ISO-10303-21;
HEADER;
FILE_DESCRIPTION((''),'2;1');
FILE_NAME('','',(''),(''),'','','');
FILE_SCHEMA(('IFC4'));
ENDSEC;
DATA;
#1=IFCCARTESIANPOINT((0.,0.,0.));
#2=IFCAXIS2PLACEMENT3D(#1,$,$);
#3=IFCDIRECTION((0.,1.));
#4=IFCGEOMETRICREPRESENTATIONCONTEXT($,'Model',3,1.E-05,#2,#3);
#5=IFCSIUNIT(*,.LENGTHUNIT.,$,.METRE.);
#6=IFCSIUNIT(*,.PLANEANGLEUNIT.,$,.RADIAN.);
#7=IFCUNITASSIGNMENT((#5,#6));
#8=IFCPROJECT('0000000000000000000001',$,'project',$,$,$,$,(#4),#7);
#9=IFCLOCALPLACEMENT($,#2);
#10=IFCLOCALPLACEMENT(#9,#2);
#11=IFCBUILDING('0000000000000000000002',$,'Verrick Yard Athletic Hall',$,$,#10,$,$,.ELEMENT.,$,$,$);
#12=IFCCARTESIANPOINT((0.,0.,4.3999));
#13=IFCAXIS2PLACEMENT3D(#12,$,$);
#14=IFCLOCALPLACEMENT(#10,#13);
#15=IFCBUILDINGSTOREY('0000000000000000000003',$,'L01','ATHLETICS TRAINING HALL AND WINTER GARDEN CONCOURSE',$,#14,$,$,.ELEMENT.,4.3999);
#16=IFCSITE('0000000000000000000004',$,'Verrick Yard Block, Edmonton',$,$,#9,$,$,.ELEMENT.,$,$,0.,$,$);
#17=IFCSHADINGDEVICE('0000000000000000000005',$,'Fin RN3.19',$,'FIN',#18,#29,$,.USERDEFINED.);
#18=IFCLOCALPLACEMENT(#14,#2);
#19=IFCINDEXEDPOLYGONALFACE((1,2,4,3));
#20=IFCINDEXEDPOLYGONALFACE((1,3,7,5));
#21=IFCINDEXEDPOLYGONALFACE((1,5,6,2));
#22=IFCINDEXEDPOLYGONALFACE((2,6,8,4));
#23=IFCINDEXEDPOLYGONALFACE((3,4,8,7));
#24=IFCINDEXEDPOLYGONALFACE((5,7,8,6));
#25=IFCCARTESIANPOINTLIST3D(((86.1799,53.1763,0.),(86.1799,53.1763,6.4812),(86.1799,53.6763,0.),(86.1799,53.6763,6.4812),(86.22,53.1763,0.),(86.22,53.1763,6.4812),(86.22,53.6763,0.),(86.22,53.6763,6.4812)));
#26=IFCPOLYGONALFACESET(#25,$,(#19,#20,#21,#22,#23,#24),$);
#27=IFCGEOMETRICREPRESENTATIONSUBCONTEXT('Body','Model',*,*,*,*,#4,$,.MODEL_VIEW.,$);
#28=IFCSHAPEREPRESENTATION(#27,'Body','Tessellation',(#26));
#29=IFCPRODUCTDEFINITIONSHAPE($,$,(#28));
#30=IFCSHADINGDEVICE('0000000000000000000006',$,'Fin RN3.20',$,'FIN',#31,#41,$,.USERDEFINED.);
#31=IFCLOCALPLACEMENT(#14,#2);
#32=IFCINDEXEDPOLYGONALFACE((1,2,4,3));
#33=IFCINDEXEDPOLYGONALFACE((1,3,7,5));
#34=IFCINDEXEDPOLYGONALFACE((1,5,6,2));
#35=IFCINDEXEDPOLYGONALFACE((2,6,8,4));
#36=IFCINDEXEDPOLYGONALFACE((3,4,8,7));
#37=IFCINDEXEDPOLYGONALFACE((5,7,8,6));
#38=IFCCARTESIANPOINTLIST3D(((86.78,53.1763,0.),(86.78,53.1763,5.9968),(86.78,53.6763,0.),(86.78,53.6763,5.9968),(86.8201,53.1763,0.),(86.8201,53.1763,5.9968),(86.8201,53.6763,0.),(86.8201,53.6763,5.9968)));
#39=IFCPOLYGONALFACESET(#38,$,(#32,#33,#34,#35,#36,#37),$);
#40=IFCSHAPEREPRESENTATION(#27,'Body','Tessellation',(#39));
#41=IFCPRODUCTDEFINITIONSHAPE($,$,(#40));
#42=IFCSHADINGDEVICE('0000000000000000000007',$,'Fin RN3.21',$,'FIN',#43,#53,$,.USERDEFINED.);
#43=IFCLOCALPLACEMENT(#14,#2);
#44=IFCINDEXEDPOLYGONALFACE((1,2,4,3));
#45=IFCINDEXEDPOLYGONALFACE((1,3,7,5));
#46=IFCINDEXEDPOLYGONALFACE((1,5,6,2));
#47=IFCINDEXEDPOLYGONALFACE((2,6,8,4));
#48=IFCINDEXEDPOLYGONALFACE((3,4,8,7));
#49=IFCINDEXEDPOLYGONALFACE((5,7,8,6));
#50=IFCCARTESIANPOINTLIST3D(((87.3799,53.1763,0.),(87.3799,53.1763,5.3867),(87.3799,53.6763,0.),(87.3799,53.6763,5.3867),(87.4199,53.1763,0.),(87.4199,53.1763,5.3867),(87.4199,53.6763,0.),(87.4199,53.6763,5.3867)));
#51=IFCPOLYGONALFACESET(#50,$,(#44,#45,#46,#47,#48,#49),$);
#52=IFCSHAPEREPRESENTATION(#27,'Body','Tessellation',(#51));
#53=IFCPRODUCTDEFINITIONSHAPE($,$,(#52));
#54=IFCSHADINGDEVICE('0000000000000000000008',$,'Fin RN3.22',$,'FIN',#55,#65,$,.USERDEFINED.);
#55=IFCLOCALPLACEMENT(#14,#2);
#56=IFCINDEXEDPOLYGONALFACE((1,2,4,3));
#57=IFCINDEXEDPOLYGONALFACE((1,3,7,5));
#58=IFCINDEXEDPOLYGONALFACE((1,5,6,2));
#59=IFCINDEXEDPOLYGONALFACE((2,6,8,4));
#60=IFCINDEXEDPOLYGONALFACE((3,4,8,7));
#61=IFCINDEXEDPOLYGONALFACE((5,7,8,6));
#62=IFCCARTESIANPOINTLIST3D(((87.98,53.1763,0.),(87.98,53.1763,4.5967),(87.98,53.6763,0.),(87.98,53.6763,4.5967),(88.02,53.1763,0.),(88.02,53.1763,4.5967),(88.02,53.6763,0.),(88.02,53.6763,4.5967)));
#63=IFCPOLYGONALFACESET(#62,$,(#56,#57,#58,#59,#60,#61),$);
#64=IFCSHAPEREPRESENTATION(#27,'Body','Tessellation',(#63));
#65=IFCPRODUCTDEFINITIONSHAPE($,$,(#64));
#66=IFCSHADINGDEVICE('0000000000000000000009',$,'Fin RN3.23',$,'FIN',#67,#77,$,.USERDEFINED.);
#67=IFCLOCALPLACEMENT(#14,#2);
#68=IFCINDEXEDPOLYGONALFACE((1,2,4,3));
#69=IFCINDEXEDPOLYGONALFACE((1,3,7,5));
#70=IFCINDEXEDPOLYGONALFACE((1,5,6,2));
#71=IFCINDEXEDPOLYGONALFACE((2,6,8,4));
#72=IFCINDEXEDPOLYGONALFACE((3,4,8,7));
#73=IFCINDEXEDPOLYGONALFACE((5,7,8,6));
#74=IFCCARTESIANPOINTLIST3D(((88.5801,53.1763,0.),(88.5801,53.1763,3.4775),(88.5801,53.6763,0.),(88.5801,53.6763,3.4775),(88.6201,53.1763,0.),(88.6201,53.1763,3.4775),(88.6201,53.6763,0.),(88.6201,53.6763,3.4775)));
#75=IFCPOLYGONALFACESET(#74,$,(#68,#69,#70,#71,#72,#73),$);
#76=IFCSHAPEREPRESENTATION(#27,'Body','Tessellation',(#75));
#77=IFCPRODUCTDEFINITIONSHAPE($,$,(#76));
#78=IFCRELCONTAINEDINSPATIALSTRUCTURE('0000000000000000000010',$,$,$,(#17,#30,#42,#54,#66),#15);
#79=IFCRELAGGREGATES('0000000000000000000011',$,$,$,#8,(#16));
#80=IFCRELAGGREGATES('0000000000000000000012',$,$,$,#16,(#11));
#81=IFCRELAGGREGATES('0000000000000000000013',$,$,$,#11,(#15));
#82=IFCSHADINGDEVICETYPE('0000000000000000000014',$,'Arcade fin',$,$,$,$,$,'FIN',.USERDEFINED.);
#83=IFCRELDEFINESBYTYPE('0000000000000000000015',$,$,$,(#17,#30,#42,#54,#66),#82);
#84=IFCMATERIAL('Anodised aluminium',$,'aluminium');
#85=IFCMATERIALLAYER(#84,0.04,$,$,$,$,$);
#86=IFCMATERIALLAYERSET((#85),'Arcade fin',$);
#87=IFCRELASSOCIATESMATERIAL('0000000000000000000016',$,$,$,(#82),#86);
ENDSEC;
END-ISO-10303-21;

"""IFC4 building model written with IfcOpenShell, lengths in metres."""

from ifc_helpers import new_model, si_unit, direction, frame, origin, place, context, subcontext, project, spatial, polyline, outline, extrude, material, layer, layer_set, type_object, element, save


model = new_model("IFC4")

# Units and contexts
model_context = context("Model", 3, precision=1e-05, world=origin(), true_north=direction((0.0, 1.0)))
body_context = subcontext(model_context, "Body", "Model", "MODEL_VIEW")
ifc_project = project(units=[si_unit("LENGTHUNIT", "METRE"), si_unit("PLANEANGLEUNIT", "RADIAN")], contexts=[model_context])

# Site, building, storey
site_placement = place(None, origin())
site = spatial("IfcSite", under=ifc_project, at=site_placement, Name="Verrick Yard Block, Edmonton", CompositionType="ELEMENT", RefElevation=0.0)
building_placement = place(site_placement, origin())
building = spatial("IfcBuilding", under=site, at=building_placement, Name="Verrick Yard Athletic Hall", CompositionType="ELEMENT")
storey_placement = place(building_placement, frame((0.0, 0.0, 4.3999)))
storey = spatial("IfcBuildingStorey", under=building, at=storey_placement, Name="L01", Description="ATHLETICS TRAINING HALL AND WINTER GARDEN CONCOURSE", CompositionType="ELEMENT", Elevation=4.3999)

# Shading devices
ifc_material_1 = material(Name="Anodised aluminium", Category="aluminium")
ifc_layer_1 = layer(ifc_material_1, 0.04)
ifc_layer_set_1 = layer_set([ifc_layer_1], Name="Arcade fin")
shading_device_type = type_object("IfcShadingDeviceType", Name="Arcade fin", ElementType="FIN", PredefinedType="USERDEFINED", material=ifc_layer_set_1)
shading_device_1_placement = place(storey_placement, frame((86.2, 53.1763, 0.0), z_axis=(0.0, 0.0, 1.0), x_axis=(0.0, 1.0, 0.0)))
element("IfcShadingDevice", 1, at=shading_device_1_placement, inside=storey, type_object=shading_device_type, Name="Fin RN3.19", ObjectType="FIN", PredefinedType="USERDEFINED", context=body_context, shape_type="SweptSolid", body=[
    extrude(outline(polyline([(0.0, 0.0), (0.5, 0.0), (0.5, 6.4812), (0.0, 6.4812), (0.0, 0.0)])), frame((0.0, 0.02, 0.0), z_axis=(0.0, -1.0, 0.0), x_axis=(1.0, 0.0, 0.0)), (0.0, 0.0, 1.0), 0.04),
])
shading_device_2_placement = place(storey_placement, frame((86.8, 53.1763, 0.0), z_axis=(0.0, 0.0, 1.0), x_axis=(0.0, 1.0, 0.0)))
element("IfcShadingDevice", 2, at=shading_device_2_placement, inside=storey, type_object=shading_device_type, Name="Fin RN3.20", ObjectType="FIN", PredefinedType="USERDEFINED", context=body_context, shape_type="SweptSolid", body=[
    extrude(outline(polyline([(0.0, 0.0), (0.5, 0.0), (0.5, 5.9968), (0.0, 5.9968), (0.0, 0.0)])), frame((0.0, 0.02, 0.0), z_axis=(0.0, -1.0, 0.0), x_axis=(1.0, 0.0, 0.0)), (0.0, 0.0, 1.0), 0.04),
])
shading_device_3_placement = place(storey_placement, frame((87.3999, 53.1763, 0.0), z_axis=(0.0, 0.0, 1.0), x_axis=(0.0, 1.0, 0.0)))
element("IfcShadingDevice", 3, at=shading_device_3_placement, inside=storey, type_object=shading_device_type, Name="Fin RN3.21", ObjectType="FIN", PredefinedType="USERDEFINED", context=body_context, shape_type="SweptSolid", body=[
    extrude(outline(polyline([(0.0, 0.0), (0.5, 0.0), (0.5, 5.3867), (0.0, 5.3867), (0.0, 0.0)])), frame((0.0, 0.02, 0.0), z_axis=(0.0, -1.0, 0.0), x_axis=(1.0, 0.0, 0.0)), (0.0, 0.0, 1.0), 0.04),
])
shading_device_4_placement = place(storey_placement, frame((88.0, 53.1763, 0.0), z_axis=(0.0, 0.0, 1.0), x_axis=(0.0, 1.0, 0.0)))
element("IfcShadingDevice", 4, at=shading_device_4_placement, inside=storey, type_object=shading_device_type, Name="Fin RN3.22", ObjectType="FIN", PredefinedType="USERDEFINED", context=body_context, shape_type="SweptSolid", body=[
    extrude(outline(polyline([(0.0, 0.0), (0.5, 0.0), (0.5, 4.5967), (0.0, 4.5967), (0.0, 0.0)])), frame((0.0, 0.02, 0.0), z_axis=(0.0, -1.0, 0.0), x_axis=(1.0, 0.0, 0.0)), (0.0, 0.0, 1.0), 0.04),
])
shading_device_5_placement = place(storey_placement, frame((88.6001, 53.1763, 0.0), z_axis=(0.0, 0.0, 1.0), x_axis=(0.0, 1.0, 0.0)))
element("IfcShadingDevice", 5, at=shading_device_5_placement, inside=storey, type_object=shading_device_type, Name="Fin RN3.23", ObjectType="FIN", PredefinedType="USERDEFINED", context=body_context, shape_type="SweptSolid", body=[
    extrude(outline(polyline([(0.0, 0.0), (0.5, 0.0), (0.5, 3.4775), (0.0, 3.4775), (0.0, 0.0)])), frame((0.0, 0.02, 0.0), z_axis=(0.0, -1.0, 0.0), x_axis=(1.0, 0.0, 0.0)), (0.0, 0.0, 1.0), 0.04),
])

save(model, "model.ifc")
